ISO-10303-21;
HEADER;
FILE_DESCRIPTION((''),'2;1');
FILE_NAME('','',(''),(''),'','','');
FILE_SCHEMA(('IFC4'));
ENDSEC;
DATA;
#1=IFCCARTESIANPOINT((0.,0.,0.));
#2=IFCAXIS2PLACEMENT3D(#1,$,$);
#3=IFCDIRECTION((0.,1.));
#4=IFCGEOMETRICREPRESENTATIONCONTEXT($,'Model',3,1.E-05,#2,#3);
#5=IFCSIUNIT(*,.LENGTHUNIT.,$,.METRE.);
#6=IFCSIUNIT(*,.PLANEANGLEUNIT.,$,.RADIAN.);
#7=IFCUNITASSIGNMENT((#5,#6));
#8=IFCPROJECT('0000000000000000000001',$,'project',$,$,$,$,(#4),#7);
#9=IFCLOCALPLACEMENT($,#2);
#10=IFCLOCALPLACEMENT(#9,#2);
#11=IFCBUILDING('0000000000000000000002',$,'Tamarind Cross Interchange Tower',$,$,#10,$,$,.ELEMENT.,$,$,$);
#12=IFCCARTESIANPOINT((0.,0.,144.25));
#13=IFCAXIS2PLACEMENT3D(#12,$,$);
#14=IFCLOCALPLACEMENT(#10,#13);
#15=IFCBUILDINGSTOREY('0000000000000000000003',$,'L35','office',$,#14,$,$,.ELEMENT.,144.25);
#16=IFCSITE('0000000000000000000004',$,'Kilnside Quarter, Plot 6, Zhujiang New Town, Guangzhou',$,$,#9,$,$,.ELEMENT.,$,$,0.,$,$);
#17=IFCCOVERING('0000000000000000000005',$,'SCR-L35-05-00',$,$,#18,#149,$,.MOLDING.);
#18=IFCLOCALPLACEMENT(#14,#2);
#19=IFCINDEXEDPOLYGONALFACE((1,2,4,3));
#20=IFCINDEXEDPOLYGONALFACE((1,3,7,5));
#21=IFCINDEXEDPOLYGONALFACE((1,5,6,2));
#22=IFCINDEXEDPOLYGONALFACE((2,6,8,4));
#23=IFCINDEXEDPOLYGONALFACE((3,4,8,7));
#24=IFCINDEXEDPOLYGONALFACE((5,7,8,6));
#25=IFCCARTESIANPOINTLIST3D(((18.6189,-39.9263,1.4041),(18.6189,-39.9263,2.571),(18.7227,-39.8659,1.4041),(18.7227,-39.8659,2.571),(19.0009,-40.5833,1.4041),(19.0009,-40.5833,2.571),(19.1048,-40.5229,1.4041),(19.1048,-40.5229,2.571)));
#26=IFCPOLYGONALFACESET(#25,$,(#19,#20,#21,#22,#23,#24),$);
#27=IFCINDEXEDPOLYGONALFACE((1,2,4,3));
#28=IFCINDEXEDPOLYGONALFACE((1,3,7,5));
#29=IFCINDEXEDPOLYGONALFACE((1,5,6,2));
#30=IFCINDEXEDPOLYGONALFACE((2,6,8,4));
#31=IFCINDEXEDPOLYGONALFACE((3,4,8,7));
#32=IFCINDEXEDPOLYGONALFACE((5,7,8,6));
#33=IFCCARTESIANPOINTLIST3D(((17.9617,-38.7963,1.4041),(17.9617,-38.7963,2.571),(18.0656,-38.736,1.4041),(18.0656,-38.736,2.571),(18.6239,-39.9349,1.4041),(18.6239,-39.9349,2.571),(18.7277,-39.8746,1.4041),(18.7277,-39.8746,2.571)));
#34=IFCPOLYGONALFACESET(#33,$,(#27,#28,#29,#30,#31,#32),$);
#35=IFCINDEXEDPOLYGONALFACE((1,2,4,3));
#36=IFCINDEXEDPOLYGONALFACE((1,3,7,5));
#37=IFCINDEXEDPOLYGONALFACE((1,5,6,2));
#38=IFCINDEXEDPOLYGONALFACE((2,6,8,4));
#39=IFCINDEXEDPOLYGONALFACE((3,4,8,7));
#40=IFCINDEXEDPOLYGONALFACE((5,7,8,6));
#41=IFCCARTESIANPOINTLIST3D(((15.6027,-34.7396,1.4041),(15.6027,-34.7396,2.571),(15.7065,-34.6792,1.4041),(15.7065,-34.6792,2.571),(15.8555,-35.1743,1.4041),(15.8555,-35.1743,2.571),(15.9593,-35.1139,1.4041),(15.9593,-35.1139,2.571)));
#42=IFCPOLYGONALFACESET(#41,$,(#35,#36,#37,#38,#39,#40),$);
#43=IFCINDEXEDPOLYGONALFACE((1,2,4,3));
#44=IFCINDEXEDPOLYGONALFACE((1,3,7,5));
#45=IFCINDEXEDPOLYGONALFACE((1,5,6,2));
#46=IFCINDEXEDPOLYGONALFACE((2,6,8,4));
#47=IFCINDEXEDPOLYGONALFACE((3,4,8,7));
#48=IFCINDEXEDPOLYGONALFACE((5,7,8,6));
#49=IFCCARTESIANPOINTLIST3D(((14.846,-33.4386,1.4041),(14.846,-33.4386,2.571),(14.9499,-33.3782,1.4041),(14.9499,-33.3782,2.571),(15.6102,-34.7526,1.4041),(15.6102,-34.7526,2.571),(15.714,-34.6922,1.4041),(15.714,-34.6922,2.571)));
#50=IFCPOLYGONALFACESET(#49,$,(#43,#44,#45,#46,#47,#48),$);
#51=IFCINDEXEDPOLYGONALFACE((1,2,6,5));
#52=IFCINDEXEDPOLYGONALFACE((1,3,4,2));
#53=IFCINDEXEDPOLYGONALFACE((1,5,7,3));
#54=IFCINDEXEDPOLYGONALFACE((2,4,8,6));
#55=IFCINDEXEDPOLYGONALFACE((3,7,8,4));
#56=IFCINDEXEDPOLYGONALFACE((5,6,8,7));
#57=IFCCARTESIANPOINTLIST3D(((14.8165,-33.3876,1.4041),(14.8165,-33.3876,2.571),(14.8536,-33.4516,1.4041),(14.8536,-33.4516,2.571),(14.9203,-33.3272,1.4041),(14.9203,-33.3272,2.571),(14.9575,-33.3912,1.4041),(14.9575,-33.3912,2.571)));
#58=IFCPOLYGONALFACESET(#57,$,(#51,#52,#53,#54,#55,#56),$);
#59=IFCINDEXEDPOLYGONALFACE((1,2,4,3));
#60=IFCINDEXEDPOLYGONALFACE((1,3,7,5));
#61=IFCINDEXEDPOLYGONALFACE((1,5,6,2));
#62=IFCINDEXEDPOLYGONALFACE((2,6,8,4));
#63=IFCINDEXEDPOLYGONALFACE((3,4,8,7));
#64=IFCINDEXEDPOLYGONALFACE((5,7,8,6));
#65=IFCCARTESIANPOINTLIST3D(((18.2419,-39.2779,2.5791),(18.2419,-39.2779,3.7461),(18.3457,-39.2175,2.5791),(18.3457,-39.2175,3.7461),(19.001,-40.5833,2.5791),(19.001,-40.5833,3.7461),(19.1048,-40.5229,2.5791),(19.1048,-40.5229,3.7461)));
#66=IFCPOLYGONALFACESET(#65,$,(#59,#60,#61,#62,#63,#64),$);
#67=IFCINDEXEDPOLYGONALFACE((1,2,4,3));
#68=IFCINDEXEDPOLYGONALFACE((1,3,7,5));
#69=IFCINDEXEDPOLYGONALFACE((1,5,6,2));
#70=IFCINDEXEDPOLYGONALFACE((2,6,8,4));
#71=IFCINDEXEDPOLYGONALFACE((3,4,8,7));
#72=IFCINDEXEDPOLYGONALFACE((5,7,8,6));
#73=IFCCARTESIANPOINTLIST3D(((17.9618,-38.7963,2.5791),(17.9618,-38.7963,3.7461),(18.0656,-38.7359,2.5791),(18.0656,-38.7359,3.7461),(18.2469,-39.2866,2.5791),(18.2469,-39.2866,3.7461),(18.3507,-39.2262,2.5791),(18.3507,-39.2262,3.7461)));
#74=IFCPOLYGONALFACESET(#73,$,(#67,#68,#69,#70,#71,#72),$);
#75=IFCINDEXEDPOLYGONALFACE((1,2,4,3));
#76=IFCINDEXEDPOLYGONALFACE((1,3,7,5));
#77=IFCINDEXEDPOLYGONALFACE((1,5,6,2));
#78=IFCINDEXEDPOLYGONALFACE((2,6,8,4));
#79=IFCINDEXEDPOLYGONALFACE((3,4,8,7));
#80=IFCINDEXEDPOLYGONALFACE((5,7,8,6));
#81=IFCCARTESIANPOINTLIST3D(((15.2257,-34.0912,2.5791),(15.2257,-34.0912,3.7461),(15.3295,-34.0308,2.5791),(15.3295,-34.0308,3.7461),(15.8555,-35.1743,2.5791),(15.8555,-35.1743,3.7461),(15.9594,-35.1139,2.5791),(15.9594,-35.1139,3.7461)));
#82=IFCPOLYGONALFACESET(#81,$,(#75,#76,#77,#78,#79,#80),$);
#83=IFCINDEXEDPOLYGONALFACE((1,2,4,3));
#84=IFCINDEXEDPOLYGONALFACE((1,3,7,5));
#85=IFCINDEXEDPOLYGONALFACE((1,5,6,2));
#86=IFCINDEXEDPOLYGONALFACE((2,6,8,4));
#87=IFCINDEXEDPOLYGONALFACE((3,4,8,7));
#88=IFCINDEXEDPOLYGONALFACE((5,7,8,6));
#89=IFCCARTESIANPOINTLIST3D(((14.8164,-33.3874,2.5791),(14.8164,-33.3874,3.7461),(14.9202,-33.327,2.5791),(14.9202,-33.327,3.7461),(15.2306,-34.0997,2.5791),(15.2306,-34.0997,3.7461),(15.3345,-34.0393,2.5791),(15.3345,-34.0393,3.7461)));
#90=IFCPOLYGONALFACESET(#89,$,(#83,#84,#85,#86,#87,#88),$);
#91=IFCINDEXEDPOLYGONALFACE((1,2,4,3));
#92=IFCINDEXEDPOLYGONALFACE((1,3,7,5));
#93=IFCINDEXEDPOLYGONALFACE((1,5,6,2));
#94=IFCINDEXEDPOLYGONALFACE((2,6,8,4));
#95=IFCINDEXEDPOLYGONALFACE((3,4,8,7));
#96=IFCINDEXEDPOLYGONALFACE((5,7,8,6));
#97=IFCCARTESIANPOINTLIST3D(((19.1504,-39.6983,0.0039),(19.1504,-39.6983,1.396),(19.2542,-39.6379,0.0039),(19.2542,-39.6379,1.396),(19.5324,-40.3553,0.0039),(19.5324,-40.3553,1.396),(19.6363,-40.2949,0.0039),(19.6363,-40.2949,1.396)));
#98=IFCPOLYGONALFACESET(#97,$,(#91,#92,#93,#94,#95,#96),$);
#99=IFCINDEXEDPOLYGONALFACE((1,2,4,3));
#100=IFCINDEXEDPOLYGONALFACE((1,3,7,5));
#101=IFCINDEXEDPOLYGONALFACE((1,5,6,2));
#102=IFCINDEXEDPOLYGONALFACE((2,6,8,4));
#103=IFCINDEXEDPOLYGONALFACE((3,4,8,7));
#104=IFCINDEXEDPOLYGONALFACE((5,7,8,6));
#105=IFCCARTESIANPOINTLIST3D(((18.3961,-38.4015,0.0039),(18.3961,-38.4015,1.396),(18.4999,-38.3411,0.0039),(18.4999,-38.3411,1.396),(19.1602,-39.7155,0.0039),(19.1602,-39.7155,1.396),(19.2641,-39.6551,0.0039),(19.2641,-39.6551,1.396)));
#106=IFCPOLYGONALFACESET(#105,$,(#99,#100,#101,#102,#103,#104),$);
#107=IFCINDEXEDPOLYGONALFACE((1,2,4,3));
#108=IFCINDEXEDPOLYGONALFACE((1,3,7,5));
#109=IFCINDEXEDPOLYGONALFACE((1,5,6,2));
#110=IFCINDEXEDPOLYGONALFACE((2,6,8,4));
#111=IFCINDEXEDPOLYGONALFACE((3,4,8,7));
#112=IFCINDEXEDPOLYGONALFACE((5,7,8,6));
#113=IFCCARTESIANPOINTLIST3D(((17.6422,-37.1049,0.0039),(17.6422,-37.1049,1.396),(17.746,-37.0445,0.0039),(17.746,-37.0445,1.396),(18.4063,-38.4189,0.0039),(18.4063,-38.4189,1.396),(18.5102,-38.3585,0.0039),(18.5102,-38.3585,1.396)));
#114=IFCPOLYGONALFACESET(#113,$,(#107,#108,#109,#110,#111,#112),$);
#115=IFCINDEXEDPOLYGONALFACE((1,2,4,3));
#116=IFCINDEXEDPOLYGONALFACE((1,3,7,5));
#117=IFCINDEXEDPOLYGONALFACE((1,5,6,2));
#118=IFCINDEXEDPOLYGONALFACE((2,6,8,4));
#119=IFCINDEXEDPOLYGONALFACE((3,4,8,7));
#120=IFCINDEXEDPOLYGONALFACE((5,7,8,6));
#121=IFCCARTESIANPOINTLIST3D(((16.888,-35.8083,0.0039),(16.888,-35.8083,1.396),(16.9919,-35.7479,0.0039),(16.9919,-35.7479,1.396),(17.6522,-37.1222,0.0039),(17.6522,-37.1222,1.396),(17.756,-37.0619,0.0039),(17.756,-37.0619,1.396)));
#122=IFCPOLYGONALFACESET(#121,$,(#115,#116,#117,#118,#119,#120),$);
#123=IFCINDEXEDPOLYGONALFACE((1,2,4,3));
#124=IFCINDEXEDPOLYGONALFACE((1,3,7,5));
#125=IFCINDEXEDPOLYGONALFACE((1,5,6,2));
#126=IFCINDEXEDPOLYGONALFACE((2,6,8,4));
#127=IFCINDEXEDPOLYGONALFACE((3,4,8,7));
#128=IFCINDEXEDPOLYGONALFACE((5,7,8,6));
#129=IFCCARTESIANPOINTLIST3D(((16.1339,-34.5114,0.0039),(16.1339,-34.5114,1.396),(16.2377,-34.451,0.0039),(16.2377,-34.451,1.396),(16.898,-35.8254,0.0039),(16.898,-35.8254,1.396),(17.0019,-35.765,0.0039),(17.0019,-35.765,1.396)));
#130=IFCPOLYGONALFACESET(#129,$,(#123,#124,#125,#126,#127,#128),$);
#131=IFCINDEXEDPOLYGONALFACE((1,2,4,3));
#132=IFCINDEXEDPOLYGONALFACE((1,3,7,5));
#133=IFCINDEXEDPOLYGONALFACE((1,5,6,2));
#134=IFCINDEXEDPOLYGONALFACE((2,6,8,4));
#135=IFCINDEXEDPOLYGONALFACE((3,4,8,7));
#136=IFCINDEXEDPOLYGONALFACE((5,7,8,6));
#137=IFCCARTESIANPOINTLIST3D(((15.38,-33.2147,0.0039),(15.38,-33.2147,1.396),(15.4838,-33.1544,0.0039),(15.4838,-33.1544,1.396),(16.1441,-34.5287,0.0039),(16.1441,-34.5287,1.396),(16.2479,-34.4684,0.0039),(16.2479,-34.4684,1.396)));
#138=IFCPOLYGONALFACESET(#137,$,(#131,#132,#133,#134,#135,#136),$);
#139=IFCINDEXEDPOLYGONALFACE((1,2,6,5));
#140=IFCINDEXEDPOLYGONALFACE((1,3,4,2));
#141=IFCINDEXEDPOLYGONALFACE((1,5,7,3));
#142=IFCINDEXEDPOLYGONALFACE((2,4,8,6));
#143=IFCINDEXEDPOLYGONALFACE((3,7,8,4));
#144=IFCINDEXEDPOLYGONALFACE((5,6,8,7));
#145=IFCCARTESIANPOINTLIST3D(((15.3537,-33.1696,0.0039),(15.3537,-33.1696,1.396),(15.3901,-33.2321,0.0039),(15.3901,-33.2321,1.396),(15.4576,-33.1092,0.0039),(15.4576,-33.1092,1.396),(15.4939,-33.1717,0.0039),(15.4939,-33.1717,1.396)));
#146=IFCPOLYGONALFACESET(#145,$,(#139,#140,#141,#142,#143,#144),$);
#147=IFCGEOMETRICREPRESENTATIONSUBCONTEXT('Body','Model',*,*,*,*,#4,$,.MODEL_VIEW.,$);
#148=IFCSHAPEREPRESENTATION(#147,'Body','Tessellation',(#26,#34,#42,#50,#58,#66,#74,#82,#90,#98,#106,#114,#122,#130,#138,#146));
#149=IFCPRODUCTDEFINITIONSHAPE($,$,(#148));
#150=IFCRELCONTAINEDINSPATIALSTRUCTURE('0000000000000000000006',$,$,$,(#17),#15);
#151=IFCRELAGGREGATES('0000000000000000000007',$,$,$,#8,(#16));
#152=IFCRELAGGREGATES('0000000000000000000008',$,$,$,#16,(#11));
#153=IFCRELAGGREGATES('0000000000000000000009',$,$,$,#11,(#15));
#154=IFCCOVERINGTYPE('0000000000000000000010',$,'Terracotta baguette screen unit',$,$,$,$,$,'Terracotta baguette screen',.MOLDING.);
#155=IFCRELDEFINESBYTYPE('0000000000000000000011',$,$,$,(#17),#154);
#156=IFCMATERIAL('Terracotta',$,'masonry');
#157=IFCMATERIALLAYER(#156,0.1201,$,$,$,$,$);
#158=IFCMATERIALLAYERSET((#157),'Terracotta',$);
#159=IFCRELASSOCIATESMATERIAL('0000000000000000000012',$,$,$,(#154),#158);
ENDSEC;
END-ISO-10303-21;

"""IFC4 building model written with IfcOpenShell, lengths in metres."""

from ifc_helpers import new_model, si_unit, direction, frame, origin, origin_2d, place, context, subcontext, project, spatial, rectangle, extrude, material, layer, layer_set, type_object, element, save


model = new_model("IFC4")

# Units and contexts
model_context = context("Model", 3, precision=1e-05, world=origin(), true_north=direction((0.0, 1.0)))
body_context = subcontext(model_context, "Body", "Model", "MODEL_VIEW")
ifc_project = project(units=[si_unit("LENGTHUNIT", "METRE"), si_unit("PLANEANGLEUNIT", "RADIAN")], contexts=[model_context])

# Site, building, storey
site_placement = place(None, origin())
site = spatial("IfcSite", under=ifc_project, at=site_placement, Name="Kilnside Quarter, Plot 6, Zhujiang New Town, Guangzhou", CompositionType="ELEMENT", RefElevation=0.0)
building_placement = place(site_placement, origin())
building = spatial("IfcBuilding", under=site, at=building_placement, Name="Tamarind Cross Interchange Tower", CompositionType="ELEMENT")
storey_placement = place(building_placement, frame((0.0, 0.0, 144.25)))
storey = spatial("IfcBuildingStorey", under=building, at=storey_placement, Name="L35", Description="office", CompositionType="ELEMENT", Elevation=144.25)

# Covering
ifc_material_1 = material(Name="Terracotta", Category="masonry")
ifc_layer_1 = layer(ifc_material_1, 0.1201)
ifc_layer_set_1 = layer_set([ifc_layer_1], Name="Terracotta")
covering_type = type_object("IfcCoveringType", Name="Terracotta baguette screen unit", ElementType="Terracotta baguette screen", PredefinedType="MOLDING", material=ifc_layer_set_1)
covering_1_placement = place(storey_placement, origin())
element("IfcCovering", 1, at=covering_1_placement, inside=storey, type_object=covering_type, Name="SCR-L35-05-00", PredefinedType="MOLDING", context=body_context, shape_type="SweptSolid", body=[
    extrude(rectangle(XDim=0.76, YDim=0.1201, at=origin_2d()), frame((18.8618, -40.2246, 1.4041), z_axis=(0.0, 0.0, 1.0), x_axis=(-0.502708, 0.864456, 0.0)), (0.0, 0.0, 1.0), 1.167),
    extrude(rectangle(XDim=1.3171, YDim=0.1201, at=origin_2d()), frame((18.3447, -39.3354, 1.4041), z_axis=(0.0, 0.0, 1.0), x_axis=(-0.502708, 0.864456, 0.0)), (0.0, 0.0, 1.0), 1.167),
    extrude(rectangle(XDim=0.5029, YDim=0.1201, at=origin_2d()), frame((15.781, -34.9268, 1.4041), z_axis=(0.0, 0.0, 1.0), x_axis=(-0.502708, 0.864456, 0.0)), (0.0, 0.0, 1.0), 1.167),
    extrude(rectangle(XDim=1.52, YDim=0.1201, at=origin_2d()), frame((15.28, -34.0654, 1.4041), z_axis=(0.0, 0.0, 1.0), x_axis=(-0.502708, 0.864456, 0.0)), (0.0, 0.0, 1.0), 1.167),
    extrude(rectangle(XDim=0.074, YDim=0.1201, at=origin_2d()), frame((14.887, -33.3894, 1.4041), z_axis=(0.0, 0.0, 1.0), x_axis=(-0.502708, 0.864456, 0.0)), (0.0, 0.0, 1.0), 1.167),
    extrude(rectangle(XDim=1.51, YDim=0.1201, at=origin_2d()), frame((18.6733, -39.9004, 2.5791), z_axis=(0.0, 0.0, 1.0), x_axis=(-0.502708, 0.864456, 0.0)), (0.0, 0.0, 1.0), 1.167),
    extrude(rectangle(XDim=0.5671, YDim=0.1201, at=origin_2d()), frame((18.1562, -39.0112, 2.5791), z_axis=(0.0, 0.0, 1.0), x_axis=(-0.502708, 0.864456, 0.0)), (0.0, 0.0, 1.0), 1.167),
    extrude(rectangle(XDim=1.2529, YDim=0.1201, at=origin_2d()), frame((15.5925, -34.6025, 2.5791), z_axis=(0.0, 0.0, 1.0), x_axis=(-0.502708, 0.864456, 0.0)), (0.0, 0.0, 1.0), 1.167),
    extrude(rectangle(XDim=0.824, YDim=0.1201, at=origin_2d()), frame((15.0754, -33.7134, 2.5791), z_axis=(0.0, 0.0, 1.0), x_axis=(-0.502708, 0.864456, 0.0)), (0.0, 0.0, 1.0), 1.167),
    extrude(rectangle(XDim=0.76, YDim=0.1201, at=origin_2d()), frame((19.3933, -39.9966, 0.0039), z_axis=(0.0, 0.0, 1.0), x_axis=(-0.502708, 0.864456, 0.0)), (0.0, 0.0, 1.0), 1.3921),
    extrude(rectangle(XDim=1.52, YDim=0.1201, at=origin_2d()), frame((18.8301, -39.0283, 0.0039), z_axis=(0.0, 0.0, 1.0), x_axis=(-0.502708, 0.864456, 0.0)), (0.0, 0.0, 1.0), 1.3921),
    extrude(rectangle(XDim=1.52, YDim=0.1201, at=origin_2d()), frame((18.0762, -37.7317, 0.0039), z_axis=(0.0, 0.0, 1.0), x_axis=(-0.502708, 0.864456, 0.0)), (0.0, 0.0, 1.0), 1.3921),
    extrude(rectangle(XDim=1.52, YDim=0.1201, at=origin_2d()), frame((17.322, -36.4351, 0.0039), z_axis=(0.0, 0.0, 1.0), x_axis=(-0.502708, 0.864456, 0.0)), (0.0, 0.0, 1.0), 1.3921),
    extrude(rectangle(XDim=1.52, YDim=0.1201, at=origin_2d()), frame((16.5679, -35.1382, 0.0039), z_axis=(0.0, 0.0, 1.0), x_axis=(-0.502708, 0.864456, 0.0)), (0.0, 0.0, 1.0), 1.3921),
    extrude(rectangle(XDim=1.52, YDim=0.1201, at=origin_2d()), frame((15.814, -33.8416, 0.0039), z_axis=(0.0, 0.0, 1.0), x_axis=(-0.502708, 0.864456, 0.0)), (0.0, 0.0, 1.0), 1.3921),
    extrude(rectangle(XDim=0.0723, YDim=0.1201, at=origin_2d()), frame((15.4238, -33.1707, 0.0039), z_axis=(0.0, 0.0, 1.0), x_axis=(-0.502708, 0.864456, 0.0)), (0.0, 0.0, 1.0), 1.3921),
])

save(model, "model.ifc")
